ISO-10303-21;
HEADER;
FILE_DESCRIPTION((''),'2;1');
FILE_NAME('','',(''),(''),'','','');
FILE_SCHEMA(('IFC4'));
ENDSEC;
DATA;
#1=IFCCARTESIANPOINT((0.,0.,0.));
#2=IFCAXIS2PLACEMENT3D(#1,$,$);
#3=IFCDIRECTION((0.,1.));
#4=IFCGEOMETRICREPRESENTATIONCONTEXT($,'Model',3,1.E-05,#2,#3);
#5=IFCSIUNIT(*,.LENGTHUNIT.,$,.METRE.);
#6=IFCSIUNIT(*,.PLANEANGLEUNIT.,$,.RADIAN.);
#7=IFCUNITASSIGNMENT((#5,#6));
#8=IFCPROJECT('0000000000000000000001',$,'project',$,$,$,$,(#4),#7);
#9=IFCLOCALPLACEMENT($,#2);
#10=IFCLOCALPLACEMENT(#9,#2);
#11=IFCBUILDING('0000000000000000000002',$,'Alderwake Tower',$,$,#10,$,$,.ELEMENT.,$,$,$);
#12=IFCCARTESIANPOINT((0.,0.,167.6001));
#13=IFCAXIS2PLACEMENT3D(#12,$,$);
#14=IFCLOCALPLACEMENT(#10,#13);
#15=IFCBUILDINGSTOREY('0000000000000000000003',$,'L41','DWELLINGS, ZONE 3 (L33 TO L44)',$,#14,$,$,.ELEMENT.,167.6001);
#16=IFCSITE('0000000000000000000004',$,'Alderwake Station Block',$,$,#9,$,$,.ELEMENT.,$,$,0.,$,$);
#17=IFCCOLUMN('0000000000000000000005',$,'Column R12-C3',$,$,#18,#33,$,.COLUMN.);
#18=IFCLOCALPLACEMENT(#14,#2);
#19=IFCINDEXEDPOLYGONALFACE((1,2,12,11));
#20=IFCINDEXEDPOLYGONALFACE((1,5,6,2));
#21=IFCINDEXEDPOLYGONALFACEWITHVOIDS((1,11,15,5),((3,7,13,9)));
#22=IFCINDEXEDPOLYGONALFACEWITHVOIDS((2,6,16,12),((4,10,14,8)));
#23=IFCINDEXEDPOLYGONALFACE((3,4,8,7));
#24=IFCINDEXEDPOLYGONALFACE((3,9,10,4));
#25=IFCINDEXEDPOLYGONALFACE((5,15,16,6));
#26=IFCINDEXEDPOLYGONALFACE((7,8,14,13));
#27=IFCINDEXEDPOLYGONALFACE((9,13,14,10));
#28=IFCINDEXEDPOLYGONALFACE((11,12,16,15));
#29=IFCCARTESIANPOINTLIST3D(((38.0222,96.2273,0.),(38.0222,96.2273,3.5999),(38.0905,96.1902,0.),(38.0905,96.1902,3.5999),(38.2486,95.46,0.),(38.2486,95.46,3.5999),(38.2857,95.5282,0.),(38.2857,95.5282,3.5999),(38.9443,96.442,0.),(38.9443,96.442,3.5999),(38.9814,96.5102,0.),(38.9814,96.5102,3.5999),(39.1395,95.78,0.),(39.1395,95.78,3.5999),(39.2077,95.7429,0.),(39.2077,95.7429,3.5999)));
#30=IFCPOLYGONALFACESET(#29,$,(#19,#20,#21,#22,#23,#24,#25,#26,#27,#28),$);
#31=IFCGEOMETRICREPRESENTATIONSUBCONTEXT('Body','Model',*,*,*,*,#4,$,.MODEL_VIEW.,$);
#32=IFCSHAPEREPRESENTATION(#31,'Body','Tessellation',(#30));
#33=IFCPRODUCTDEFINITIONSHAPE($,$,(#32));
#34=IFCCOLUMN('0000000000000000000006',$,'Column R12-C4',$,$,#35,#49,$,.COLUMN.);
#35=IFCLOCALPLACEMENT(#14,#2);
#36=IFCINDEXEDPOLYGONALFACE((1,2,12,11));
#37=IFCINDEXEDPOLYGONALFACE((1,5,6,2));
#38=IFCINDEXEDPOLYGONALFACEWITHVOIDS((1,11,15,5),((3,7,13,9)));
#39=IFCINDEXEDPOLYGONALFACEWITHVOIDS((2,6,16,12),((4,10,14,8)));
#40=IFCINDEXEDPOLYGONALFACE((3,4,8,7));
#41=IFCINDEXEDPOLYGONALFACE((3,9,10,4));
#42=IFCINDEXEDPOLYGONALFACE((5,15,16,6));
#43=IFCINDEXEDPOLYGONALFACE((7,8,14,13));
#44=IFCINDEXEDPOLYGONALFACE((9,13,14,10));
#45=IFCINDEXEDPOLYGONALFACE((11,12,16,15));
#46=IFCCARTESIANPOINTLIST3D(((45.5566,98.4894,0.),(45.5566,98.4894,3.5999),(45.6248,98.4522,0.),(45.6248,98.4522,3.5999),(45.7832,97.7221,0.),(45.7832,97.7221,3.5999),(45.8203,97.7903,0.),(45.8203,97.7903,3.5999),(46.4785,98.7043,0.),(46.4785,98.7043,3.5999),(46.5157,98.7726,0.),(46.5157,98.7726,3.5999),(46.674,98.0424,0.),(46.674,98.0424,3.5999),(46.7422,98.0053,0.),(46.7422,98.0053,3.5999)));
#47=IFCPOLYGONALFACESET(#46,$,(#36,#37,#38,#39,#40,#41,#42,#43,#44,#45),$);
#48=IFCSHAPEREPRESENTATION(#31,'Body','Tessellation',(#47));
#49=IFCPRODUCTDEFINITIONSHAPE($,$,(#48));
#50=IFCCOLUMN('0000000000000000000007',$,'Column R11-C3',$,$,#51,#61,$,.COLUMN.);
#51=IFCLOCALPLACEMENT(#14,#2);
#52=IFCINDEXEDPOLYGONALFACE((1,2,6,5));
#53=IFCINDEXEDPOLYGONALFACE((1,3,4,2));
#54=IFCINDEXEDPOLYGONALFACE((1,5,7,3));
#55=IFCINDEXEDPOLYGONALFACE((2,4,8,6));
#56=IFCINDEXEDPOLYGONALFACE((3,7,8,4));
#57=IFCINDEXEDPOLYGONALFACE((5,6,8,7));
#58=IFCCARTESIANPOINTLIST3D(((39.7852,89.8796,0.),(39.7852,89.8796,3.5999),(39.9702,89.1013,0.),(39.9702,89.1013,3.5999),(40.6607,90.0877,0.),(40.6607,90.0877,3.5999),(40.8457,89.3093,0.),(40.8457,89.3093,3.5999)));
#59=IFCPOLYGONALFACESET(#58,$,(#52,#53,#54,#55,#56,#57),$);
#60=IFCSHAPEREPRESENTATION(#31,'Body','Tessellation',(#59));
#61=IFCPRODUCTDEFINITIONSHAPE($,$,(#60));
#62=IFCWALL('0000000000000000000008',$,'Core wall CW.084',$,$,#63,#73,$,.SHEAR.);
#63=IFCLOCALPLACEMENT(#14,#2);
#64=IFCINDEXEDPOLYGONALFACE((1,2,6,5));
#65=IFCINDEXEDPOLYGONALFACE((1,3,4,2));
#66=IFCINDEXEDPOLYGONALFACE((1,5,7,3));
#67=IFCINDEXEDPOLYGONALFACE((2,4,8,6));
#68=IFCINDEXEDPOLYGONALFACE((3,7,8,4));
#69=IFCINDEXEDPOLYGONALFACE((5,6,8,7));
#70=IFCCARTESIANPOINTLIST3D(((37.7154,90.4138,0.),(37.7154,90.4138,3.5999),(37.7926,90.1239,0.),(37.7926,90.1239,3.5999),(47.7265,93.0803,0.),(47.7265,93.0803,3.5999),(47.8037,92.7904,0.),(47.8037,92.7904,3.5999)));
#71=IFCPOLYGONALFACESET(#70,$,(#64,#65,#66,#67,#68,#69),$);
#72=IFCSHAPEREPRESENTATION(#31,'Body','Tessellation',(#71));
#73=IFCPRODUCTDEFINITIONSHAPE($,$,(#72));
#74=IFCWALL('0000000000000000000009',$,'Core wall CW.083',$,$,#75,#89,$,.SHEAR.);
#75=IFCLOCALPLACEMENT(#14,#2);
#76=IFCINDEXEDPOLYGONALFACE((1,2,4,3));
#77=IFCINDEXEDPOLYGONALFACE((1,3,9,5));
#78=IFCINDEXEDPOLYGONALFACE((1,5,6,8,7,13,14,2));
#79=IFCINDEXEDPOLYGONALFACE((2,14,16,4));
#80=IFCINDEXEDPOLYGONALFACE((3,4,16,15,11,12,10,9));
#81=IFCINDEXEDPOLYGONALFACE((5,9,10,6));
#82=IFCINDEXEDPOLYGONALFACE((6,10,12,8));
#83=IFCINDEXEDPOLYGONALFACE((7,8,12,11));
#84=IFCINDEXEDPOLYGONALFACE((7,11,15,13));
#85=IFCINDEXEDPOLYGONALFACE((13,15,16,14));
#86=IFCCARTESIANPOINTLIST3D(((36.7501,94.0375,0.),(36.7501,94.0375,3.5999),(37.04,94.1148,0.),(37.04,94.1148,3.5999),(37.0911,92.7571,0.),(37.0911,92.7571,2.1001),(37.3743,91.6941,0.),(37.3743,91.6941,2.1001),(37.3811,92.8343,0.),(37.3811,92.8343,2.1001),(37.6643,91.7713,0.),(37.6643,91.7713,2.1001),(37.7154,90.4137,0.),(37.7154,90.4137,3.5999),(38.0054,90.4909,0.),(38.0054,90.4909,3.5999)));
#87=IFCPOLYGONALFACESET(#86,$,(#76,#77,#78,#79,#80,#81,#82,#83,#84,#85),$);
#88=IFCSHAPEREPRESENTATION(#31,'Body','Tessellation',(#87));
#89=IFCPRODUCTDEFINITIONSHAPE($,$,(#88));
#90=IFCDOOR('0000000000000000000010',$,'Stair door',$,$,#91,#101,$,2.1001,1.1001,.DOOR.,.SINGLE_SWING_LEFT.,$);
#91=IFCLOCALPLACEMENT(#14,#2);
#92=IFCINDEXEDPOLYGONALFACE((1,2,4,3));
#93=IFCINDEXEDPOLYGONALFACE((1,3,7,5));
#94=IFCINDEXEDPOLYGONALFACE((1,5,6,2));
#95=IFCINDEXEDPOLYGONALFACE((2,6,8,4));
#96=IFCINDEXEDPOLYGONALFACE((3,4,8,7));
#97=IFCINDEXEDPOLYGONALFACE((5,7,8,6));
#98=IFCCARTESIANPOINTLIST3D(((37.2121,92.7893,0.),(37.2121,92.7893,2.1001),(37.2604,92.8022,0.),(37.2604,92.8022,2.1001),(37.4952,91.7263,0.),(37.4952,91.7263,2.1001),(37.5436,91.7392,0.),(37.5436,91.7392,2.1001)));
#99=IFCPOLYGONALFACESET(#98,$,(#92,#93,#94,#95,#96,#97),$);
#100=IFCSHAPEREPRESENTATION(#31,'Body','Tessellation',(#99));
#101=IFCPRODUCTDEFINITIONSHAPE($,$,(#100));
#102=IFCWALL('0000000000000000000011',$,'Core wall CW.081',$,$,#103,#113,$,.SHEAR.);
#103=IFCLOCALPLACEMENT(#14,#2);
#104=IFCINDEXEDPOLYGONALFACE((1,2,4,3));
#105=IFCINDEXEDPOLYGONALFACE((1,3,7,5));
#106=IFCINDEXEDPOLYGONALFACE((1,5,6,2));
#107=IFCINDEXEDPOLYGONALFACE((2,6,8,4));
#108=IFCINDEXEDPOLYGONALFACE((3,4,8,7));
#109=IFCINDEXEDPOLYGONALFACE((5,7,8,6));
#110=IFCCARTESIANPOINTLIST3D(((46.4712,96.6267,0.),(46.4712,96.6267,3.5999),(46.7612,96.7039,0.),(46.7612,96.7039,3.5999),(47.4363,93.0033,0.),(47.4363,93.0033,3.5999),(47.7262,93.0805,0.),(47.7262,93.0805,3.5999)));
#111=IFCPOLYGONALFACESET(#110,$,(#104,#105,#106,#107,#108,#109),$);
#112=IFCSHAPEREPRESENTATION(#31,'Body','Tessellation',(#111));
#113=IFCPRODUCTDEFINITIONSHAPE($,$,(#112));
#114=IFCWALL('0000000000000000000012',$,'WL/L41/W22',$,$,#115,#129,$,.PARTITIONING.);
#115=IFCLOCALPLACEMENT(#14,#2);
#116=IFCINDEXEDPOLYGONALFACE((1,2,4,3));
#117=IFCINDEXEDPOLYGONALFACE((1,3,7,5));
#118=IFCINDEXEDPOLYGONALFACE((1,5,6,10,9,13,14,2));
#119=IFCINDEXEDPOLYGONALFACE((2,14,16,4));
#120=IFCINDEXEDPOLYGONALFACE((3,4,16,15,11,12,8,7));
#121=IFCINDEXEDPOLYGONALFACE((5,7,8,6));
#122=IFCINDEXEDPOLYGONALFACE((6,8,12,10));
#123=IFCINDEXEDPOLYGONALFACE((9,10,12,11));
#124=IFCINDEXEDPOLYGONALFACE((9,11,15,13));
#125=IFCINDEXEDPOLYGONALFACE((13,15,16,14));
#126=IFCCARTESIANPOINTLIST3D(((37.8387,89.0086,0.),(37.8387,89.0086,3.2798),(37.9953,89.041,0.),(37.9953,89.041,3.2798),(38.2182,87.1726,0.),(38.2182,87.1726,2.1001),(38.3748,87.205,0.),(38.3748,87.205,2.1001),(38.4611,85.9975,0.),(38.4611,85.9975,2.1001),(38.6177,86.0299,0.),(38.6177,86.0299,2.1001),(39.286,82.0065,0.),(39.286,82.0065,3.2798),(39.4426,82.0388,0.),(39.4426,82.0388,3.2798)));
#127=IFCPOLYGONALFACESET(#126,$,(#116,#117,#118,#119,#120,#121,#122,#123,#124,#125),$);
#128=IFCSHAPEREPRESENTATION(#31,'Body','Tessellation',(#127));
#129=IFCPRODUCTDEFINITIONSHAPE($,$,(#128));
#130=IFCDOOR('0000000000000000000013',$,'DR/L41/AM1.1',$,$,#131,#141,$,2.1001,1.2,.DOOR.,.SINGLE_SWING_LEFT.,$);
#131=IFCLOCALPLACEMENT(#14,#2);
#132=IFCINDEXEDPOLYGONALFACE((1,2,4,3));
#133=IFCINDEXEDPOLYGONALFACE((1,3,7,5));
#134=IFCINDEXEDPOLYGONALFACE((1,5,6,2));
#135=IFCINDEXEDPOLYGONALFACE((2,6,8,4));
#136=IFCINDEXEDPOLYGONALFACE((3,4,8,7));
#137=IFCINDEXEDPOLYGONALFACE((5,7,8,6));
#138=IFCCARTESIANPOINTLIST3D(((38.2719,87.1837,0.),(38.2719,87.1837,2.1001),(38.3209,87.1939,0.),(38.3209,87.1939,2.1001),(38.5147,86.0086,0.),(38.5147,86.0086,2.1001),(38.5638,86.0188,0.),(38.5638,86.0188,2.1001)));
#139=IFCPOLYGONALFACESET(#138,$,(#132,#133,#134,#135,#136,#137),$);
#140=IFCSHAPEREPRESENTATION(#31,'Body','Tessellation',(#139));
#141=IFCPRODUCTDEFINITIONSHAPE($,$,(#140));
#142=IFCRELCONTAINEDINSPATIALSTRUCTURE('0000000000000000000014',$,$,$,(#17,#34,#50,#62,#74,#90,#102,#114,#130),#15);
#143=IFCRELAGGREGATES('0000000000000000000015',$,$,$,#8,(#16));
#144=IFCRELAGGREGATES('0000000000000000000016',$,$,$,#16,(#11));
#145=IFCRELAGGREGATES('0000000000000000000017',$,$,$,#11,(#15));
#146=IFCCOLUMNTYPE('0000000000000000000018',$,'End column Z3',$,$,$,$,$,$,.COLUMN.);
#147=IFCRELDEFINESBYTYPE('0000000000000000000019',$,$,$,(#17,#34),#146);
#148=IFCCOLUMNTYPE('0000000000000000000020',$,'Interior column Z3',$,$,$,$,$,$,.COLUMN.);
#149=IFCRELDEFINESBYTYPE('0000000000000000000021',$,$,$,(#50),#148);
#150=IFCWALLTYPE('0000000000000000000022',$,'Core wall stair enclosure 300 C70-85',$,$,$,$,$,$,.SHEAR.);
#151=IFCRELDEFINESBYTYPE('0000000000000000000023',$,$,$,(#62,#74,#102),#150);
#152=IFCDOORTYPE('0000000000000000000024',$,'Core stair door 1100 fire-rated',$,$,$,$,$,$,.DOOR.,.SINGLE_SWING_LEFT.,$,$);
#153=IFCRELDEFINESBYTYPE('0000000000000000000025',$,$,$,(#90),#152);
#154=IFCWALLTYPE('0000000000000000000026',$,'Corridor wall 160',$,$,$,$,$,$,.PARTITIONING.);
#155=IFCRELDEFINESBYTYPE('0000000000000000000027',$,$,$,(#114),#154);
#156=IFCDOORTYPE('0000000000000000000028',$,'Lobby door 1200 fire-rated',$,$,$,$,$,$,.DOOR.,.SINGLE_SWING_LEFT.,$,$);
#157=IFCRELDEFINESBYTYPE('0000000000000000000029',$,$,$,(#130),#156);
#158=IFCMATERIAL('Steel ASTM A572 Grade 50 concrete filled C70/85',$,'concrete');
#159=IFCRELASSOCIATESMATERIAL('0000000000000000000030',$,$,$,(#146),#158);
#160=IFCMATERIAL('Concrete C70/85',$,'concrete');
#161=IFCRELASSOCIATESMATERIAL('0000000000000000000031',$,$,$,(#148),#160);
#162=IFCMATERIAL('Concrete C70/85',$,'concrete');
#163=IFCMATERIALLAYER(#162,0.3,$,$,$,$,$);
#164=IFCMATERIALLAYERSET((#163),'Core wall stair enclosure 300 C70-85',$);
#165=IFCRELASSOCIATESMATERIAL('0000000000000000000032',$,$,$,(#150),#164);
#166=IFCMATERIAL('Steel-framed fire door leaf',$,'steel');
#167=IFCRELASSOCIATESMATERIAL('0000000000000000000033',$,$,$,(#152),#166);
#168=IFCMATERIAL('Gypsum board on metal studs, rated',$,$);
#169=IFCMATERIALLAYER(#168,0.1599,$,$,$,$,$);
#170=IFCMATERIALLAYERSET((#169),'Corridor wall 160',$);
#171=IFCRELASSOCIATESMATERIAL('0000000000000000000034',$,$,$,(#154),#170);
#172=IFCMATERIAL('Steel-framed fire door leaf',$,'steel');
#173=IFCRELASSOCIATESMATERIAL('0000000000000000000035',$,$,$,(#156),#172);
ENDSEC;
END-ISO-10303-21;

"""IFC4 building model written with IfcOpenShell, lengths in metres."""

from ifc_helpers import new_model, si_unit, direction, frame, frame_2d, origin, origin_2d, place, context, subcontext, project, spatial, rectangle, hollow_rectangle, extrude, material, layer, layer_set, material_profile, profile_set, type_object, element, fill, save


model = new_model("IFC4")

# Units and contexts
model_context = context("Model", 3, precision=1e-05, world=origin(), true_north=direction((0.0, 1.0)))
body_context = subcontext(model_context, "Body", "Model", "MODEL_VIEW")
ifc_project = project(units=[si_unit("LENGTHUNIT", "METRE"), si_unit("PLANEANGLEUNIT", "RADIAN")], contexts=[model_context])

# Site, building, storey
site_placement = place(None, origin())
site = spatial("IfcSite", under=ifc_project, at=site_placement, Name="Alderwake Station Block", CompositionType="ELEMENT", RefElevation=0.0)
building_placement = place(site_placement, origin())
building = spatial("IfcBuilding", under=site, at=building_placement, Name="Alderwake Tower", CompositionType="ELEMENT")
storey_placement = place(building_placement, frame((0.0, 0.0, 167.6001)))
storey = spatial("IfcBuildingStorey", under=building, at=storey_placement, Name="L41", Description="DWELLINGS, ZONE 3 (L33 TO L44)", CompositionType="ELEMENT", Elevation=167.6001)

# Columns
ifc_material_1 = material(Name="Steel ASTM A572 Grade 50 concrete filled C70/85", Category="concrete")
ifc_material_profile_1 = material_profile(ifc_material_1, hollow_rectangle(XDim=0.8, YDim=1.0, WallThickness=0.0549, at=origin_2d()), Name="BOX 1000X800X55")
ifc_profile_set_1 = profile_set([ifc_material_profile_1], Name="Steel ASTM A572 Grade 50 concrete filled C70/85")
column_type_1 = type_object("IfcColumnType", Name="End column Z3", PredefinedType="COLUMN", material=ifc_profile_set_1)
for number, where, z_axis, x_axis, name in (
    (1, (38.615, 95.9851, 0.0), (0.0, 0.0, 1.0), (-0.282899, 0.95915, 0.0), "Column R12-C3"),
    (2, (46.1494, 98.2473, 0.0), (0.0, 0.0, 1.0), (-0.283177, 0.959068, 0.0), "Column R12-C4"),
):
    element("IfcColumn", number, at=place(storey_placement, frame(where, z_axis=z_axis, x_axis=x_axis)), inside=storey, type_object=column_type_1, Name=name, PredefinedType="COLUMN", context=body_context, shape_type="SweptSolid", body=[
        extrude(hollow_rectangle(XDim=0.8, YDim=1.0, WallThickness=0.0549, at=origin_2d()), origin(), (0.0, 0.0, 1.0), 3.5999),
    ])
ifc_material_2 = material(Name="Concrete C70/85", Category="concrete")
ifc_material_profile_2 = material_profile(ifc_material_2, rectangle(XDim=0.8, YDim=0.8999, at=origin_2d()), Name="RC 900X800")
ifc_profile_set_2 = profile_set([ifc_material_profile_2], Name="Concrete C70/85")
column_type_2 = type_object("IfcColumnType", Name="Interior column Z3", PredefinedType="COLUMN", material=ifc_profile_set_2)
column_placement = place(storey_placement, frame((40.3154, 89.5945, 0.0), z_axis=(0.0, 0.0, 1.0), x_axis=(-0.231222, 0.972901, 0.0)))
element("IfcColumn", 3, at=column_placement, inside=storey, type_object=column_type_2, Name="Column R11-C3", PredefinedType="COLUMN", context=body_context, shape_type="SweptSolid", body=[
    extrude(rectangle(XDim=0.8, YDim=0.8999, at=origin_2d()), origin(), (0.0, 0.0, 1.0), 3.5999),
])

# Wall
ifc_material_3 = material(Name="Concrete C70/85", Category="concrete")
ifc_layer_1 = layer(ifc_material_3, 0.3)
ifc_layer_set_1 = layer_set([ifc_layer_1], Name="Core wall stair enclosure 300 C70-85")
wall_type_1 = type_object("IfcWallType", Name="Core wall stair enclosure 300 C70-85", PredefinedType="SHEAR", material=ifc_layer_set_1)
wall_1_placement = place(storey_placement, frame((37.7539, 90.2688, 0.0), z_axis=(0.0, 0.0, 1.0), x_axis=(0.966309, 0.257384, 0.0)))
element("IfcWall", 4, at=wall_1_placement, inside=storey, type_object=wall_type_1, Name="Core wall CW.084", PredefinedType="SHEAR", context=body_context, shape_type="SweptSolid", body=[
    extrude(rectangle(XDim=10.3601, YDim=0.3, at=frame_2d((5.1802, 0.0))), origin(), (0.0, 0.0, 1.0), 3.5999),
])

# Wall, opening, door
wall_2_placement = place(storey_placement, frame((37.8604, 90.4524, 0.0), z_axis=(0.0, 0.0, 1.0), x_axis=(-0.257411, 0.966302, 0.0)))
wall_2 = element("IfcWall", 5, at=wall_2_placement, inside=storey, type_object=wall_type_1, Name="Core wall CW.083", PredefinedType="SHEAR", context=body_context, shape_type="SweptSolid", body=[
    extrude(rectangle(XDim=3.7502, YDim=0.3, at=frame_2d((1.875, 0.0))), origin(), (0.0, 0.0, 1.0), 3.5999),
])
opening_1_placement = place(wall_2_placement, frame((1.325, 0.0, 0.0)))
opening_1 = element("IfcOpeningElement", 6, at=opening_1_placement, cuts=wall_2, PredefinedType="OPENING", context=body_context, shape_type="SweptSolid", body=[
    extrude(rectangle(XDim=1.1001, YDim=2.1001, at=frame_2d((0.55, 1.05))), frame((0.0, 0.1599, 0.0), z_axis=(0.0, -1.0, 0.0), x_axis=(1.0, 0.0, 0.0)), (0.0, 0.0, 1.0), 0.3201),
])
ifc_material_4 = material(Name="Steel-framed fire door leaf", Category="steel")
door_type_1 = type_object("IfcDoorType", Name="Core stair door 1100 fire-rated", OperationType="SINGLE_SWING_LEFT", PredefinedType="DOOR", material=ifc_material_4)
door_1_placement = place(opening_1_placement, origin())
door_1 = element("IfcDoor", 7, at=door_1_placement, inside=storey, type_object=door_type_1, Name="Stair door", OperationType="SINGLE_SWING_LEFT", OverallHeight=2.1001, OverallWidth=1.1001, PredefinedType="DOOR", context=body_context, shape_type="SweptSolid", body=[
    extrude(rectangle(XDim=1.1001, YDim=2.1001, at=frame_2d((0.55, 1.05))), frame((0.0, 0.0249, 0.0), z_axis=(0.0, -1.0, 0.0), x_axis=(1.0, 0.0, 0.0)), (0.0, 0.0, 1.0), 0.05),
])
fill(opening_1, door_1)

# Wall
wall_3_placement = place(storey_placement, frame((47.5813, 93.0417, 0.0), z_axis=(0.0, 0.0, 1.0), x_axis=(-0.257367, 0.966314, 0.0)))
element("IfcWall", 8, at=wall_3_placement, inside=storey, type_object=wall_type_1, Name="Core wall CW.081", PredefinedType="SHEAR", context=body_context, shape_type="SweptSolid", body=[
    extrude(rectangle(XDim=3.7498, YDim=0.3, at=frame_2d((1.875, 0.0))), origin(), (0.0, 0.0, 1.0), 3.5999),
])

# Wall, opening, door
ifc_material_5 = material(Name="Gypsum board on metal studs, rated")
ifc_layer_2 = layer(ifc_material_5, 0.1599)
ifc_layer_set_2 = layer_set([ifc_layer_2], Name="Corridor wall 160")
wall_type_2 = type_object("IfcWallType", Name="Corridor wall 160", PredefinedType="PARTITIONING", material=ifc_layer_set_2)
wall_4_placement = place(storey_placement, frame((37.917, 89.0249, 0.0), z_axis=(0.0, 0.0, 1.0), x_axis=(0.202409, -0.979301, 0.0)))
wall_4 = element("IfcWall", 9, at=wall_4_placement, inside=storey, type_object=wall_type_2, Name="WL/L41/W22", PredefinedType="PARTITIONING", context=body_context, shape_type="SweptSolid", body=[
    extrude(rectangle(XDim=7.1501, YDim=0.1599, at=frame_2d((3.5752, 0.0))), origin(), (0.0, 0.0, 1.0), 3.2798),
])
opening_2_placement = place(wall_4_placement, frame((1.8748, 0.0, 0.0)))
opening_2 = element("IfcOpeningElement", 10, at=opening_2_placement, cuts=wall_4, PredefinedType="OPENING", context=body_context, shape_type="SweptSolid", body=[
    extrude(rectangle(XDim=1.2, YDim=2.1001, at=frame_2d((0.6001, 1.05))), frame((0.0, 0.0898, 0.0), z_axis=(0.0, -1.0, 0.0), x_axis=(1.0, 0.0, 0.0)), (0.0, 0.0, 1.0), 0.1799),
])
ifc_material_6 = material(Name="Steel-framed fire door leaf", Category="steel")
door_type_2 = type_object("IfcDoorType", Name="Lobby door 1200 fire-rated", OperationType="SINGLE_SWING_LEFT", PredefinedType="DOOR", material=ifc_material_6)
door_2_placement = place(opening_2_placement, origin())
door_2 = element("IfcDoor", 11, at=door_2_placement, inside=storey, type_object=door_type_2, Name="DR/L41/AM1.1", OperationType="SINGLE_SWING_LEFT", OverallHeight=2.1001, OverallWidth=1.2, PredefinedType="DOOR", context=body_context, shape_type="SweptSolid", body=[
    extrude(rectangle(XDim=1.2, YDim=2.1001, at=frame_2d((0.6001, 1.05))), frame((0.0, 0.0249, 0.0), z_axis=(0.0, -1.0, 0.0), x_axis=(1.0, 0.0, 0.0)), (0.0, 0.0, 1.0), 0.05),
])
fill(opening_2, door_2)

save(model, "model.ifc")
